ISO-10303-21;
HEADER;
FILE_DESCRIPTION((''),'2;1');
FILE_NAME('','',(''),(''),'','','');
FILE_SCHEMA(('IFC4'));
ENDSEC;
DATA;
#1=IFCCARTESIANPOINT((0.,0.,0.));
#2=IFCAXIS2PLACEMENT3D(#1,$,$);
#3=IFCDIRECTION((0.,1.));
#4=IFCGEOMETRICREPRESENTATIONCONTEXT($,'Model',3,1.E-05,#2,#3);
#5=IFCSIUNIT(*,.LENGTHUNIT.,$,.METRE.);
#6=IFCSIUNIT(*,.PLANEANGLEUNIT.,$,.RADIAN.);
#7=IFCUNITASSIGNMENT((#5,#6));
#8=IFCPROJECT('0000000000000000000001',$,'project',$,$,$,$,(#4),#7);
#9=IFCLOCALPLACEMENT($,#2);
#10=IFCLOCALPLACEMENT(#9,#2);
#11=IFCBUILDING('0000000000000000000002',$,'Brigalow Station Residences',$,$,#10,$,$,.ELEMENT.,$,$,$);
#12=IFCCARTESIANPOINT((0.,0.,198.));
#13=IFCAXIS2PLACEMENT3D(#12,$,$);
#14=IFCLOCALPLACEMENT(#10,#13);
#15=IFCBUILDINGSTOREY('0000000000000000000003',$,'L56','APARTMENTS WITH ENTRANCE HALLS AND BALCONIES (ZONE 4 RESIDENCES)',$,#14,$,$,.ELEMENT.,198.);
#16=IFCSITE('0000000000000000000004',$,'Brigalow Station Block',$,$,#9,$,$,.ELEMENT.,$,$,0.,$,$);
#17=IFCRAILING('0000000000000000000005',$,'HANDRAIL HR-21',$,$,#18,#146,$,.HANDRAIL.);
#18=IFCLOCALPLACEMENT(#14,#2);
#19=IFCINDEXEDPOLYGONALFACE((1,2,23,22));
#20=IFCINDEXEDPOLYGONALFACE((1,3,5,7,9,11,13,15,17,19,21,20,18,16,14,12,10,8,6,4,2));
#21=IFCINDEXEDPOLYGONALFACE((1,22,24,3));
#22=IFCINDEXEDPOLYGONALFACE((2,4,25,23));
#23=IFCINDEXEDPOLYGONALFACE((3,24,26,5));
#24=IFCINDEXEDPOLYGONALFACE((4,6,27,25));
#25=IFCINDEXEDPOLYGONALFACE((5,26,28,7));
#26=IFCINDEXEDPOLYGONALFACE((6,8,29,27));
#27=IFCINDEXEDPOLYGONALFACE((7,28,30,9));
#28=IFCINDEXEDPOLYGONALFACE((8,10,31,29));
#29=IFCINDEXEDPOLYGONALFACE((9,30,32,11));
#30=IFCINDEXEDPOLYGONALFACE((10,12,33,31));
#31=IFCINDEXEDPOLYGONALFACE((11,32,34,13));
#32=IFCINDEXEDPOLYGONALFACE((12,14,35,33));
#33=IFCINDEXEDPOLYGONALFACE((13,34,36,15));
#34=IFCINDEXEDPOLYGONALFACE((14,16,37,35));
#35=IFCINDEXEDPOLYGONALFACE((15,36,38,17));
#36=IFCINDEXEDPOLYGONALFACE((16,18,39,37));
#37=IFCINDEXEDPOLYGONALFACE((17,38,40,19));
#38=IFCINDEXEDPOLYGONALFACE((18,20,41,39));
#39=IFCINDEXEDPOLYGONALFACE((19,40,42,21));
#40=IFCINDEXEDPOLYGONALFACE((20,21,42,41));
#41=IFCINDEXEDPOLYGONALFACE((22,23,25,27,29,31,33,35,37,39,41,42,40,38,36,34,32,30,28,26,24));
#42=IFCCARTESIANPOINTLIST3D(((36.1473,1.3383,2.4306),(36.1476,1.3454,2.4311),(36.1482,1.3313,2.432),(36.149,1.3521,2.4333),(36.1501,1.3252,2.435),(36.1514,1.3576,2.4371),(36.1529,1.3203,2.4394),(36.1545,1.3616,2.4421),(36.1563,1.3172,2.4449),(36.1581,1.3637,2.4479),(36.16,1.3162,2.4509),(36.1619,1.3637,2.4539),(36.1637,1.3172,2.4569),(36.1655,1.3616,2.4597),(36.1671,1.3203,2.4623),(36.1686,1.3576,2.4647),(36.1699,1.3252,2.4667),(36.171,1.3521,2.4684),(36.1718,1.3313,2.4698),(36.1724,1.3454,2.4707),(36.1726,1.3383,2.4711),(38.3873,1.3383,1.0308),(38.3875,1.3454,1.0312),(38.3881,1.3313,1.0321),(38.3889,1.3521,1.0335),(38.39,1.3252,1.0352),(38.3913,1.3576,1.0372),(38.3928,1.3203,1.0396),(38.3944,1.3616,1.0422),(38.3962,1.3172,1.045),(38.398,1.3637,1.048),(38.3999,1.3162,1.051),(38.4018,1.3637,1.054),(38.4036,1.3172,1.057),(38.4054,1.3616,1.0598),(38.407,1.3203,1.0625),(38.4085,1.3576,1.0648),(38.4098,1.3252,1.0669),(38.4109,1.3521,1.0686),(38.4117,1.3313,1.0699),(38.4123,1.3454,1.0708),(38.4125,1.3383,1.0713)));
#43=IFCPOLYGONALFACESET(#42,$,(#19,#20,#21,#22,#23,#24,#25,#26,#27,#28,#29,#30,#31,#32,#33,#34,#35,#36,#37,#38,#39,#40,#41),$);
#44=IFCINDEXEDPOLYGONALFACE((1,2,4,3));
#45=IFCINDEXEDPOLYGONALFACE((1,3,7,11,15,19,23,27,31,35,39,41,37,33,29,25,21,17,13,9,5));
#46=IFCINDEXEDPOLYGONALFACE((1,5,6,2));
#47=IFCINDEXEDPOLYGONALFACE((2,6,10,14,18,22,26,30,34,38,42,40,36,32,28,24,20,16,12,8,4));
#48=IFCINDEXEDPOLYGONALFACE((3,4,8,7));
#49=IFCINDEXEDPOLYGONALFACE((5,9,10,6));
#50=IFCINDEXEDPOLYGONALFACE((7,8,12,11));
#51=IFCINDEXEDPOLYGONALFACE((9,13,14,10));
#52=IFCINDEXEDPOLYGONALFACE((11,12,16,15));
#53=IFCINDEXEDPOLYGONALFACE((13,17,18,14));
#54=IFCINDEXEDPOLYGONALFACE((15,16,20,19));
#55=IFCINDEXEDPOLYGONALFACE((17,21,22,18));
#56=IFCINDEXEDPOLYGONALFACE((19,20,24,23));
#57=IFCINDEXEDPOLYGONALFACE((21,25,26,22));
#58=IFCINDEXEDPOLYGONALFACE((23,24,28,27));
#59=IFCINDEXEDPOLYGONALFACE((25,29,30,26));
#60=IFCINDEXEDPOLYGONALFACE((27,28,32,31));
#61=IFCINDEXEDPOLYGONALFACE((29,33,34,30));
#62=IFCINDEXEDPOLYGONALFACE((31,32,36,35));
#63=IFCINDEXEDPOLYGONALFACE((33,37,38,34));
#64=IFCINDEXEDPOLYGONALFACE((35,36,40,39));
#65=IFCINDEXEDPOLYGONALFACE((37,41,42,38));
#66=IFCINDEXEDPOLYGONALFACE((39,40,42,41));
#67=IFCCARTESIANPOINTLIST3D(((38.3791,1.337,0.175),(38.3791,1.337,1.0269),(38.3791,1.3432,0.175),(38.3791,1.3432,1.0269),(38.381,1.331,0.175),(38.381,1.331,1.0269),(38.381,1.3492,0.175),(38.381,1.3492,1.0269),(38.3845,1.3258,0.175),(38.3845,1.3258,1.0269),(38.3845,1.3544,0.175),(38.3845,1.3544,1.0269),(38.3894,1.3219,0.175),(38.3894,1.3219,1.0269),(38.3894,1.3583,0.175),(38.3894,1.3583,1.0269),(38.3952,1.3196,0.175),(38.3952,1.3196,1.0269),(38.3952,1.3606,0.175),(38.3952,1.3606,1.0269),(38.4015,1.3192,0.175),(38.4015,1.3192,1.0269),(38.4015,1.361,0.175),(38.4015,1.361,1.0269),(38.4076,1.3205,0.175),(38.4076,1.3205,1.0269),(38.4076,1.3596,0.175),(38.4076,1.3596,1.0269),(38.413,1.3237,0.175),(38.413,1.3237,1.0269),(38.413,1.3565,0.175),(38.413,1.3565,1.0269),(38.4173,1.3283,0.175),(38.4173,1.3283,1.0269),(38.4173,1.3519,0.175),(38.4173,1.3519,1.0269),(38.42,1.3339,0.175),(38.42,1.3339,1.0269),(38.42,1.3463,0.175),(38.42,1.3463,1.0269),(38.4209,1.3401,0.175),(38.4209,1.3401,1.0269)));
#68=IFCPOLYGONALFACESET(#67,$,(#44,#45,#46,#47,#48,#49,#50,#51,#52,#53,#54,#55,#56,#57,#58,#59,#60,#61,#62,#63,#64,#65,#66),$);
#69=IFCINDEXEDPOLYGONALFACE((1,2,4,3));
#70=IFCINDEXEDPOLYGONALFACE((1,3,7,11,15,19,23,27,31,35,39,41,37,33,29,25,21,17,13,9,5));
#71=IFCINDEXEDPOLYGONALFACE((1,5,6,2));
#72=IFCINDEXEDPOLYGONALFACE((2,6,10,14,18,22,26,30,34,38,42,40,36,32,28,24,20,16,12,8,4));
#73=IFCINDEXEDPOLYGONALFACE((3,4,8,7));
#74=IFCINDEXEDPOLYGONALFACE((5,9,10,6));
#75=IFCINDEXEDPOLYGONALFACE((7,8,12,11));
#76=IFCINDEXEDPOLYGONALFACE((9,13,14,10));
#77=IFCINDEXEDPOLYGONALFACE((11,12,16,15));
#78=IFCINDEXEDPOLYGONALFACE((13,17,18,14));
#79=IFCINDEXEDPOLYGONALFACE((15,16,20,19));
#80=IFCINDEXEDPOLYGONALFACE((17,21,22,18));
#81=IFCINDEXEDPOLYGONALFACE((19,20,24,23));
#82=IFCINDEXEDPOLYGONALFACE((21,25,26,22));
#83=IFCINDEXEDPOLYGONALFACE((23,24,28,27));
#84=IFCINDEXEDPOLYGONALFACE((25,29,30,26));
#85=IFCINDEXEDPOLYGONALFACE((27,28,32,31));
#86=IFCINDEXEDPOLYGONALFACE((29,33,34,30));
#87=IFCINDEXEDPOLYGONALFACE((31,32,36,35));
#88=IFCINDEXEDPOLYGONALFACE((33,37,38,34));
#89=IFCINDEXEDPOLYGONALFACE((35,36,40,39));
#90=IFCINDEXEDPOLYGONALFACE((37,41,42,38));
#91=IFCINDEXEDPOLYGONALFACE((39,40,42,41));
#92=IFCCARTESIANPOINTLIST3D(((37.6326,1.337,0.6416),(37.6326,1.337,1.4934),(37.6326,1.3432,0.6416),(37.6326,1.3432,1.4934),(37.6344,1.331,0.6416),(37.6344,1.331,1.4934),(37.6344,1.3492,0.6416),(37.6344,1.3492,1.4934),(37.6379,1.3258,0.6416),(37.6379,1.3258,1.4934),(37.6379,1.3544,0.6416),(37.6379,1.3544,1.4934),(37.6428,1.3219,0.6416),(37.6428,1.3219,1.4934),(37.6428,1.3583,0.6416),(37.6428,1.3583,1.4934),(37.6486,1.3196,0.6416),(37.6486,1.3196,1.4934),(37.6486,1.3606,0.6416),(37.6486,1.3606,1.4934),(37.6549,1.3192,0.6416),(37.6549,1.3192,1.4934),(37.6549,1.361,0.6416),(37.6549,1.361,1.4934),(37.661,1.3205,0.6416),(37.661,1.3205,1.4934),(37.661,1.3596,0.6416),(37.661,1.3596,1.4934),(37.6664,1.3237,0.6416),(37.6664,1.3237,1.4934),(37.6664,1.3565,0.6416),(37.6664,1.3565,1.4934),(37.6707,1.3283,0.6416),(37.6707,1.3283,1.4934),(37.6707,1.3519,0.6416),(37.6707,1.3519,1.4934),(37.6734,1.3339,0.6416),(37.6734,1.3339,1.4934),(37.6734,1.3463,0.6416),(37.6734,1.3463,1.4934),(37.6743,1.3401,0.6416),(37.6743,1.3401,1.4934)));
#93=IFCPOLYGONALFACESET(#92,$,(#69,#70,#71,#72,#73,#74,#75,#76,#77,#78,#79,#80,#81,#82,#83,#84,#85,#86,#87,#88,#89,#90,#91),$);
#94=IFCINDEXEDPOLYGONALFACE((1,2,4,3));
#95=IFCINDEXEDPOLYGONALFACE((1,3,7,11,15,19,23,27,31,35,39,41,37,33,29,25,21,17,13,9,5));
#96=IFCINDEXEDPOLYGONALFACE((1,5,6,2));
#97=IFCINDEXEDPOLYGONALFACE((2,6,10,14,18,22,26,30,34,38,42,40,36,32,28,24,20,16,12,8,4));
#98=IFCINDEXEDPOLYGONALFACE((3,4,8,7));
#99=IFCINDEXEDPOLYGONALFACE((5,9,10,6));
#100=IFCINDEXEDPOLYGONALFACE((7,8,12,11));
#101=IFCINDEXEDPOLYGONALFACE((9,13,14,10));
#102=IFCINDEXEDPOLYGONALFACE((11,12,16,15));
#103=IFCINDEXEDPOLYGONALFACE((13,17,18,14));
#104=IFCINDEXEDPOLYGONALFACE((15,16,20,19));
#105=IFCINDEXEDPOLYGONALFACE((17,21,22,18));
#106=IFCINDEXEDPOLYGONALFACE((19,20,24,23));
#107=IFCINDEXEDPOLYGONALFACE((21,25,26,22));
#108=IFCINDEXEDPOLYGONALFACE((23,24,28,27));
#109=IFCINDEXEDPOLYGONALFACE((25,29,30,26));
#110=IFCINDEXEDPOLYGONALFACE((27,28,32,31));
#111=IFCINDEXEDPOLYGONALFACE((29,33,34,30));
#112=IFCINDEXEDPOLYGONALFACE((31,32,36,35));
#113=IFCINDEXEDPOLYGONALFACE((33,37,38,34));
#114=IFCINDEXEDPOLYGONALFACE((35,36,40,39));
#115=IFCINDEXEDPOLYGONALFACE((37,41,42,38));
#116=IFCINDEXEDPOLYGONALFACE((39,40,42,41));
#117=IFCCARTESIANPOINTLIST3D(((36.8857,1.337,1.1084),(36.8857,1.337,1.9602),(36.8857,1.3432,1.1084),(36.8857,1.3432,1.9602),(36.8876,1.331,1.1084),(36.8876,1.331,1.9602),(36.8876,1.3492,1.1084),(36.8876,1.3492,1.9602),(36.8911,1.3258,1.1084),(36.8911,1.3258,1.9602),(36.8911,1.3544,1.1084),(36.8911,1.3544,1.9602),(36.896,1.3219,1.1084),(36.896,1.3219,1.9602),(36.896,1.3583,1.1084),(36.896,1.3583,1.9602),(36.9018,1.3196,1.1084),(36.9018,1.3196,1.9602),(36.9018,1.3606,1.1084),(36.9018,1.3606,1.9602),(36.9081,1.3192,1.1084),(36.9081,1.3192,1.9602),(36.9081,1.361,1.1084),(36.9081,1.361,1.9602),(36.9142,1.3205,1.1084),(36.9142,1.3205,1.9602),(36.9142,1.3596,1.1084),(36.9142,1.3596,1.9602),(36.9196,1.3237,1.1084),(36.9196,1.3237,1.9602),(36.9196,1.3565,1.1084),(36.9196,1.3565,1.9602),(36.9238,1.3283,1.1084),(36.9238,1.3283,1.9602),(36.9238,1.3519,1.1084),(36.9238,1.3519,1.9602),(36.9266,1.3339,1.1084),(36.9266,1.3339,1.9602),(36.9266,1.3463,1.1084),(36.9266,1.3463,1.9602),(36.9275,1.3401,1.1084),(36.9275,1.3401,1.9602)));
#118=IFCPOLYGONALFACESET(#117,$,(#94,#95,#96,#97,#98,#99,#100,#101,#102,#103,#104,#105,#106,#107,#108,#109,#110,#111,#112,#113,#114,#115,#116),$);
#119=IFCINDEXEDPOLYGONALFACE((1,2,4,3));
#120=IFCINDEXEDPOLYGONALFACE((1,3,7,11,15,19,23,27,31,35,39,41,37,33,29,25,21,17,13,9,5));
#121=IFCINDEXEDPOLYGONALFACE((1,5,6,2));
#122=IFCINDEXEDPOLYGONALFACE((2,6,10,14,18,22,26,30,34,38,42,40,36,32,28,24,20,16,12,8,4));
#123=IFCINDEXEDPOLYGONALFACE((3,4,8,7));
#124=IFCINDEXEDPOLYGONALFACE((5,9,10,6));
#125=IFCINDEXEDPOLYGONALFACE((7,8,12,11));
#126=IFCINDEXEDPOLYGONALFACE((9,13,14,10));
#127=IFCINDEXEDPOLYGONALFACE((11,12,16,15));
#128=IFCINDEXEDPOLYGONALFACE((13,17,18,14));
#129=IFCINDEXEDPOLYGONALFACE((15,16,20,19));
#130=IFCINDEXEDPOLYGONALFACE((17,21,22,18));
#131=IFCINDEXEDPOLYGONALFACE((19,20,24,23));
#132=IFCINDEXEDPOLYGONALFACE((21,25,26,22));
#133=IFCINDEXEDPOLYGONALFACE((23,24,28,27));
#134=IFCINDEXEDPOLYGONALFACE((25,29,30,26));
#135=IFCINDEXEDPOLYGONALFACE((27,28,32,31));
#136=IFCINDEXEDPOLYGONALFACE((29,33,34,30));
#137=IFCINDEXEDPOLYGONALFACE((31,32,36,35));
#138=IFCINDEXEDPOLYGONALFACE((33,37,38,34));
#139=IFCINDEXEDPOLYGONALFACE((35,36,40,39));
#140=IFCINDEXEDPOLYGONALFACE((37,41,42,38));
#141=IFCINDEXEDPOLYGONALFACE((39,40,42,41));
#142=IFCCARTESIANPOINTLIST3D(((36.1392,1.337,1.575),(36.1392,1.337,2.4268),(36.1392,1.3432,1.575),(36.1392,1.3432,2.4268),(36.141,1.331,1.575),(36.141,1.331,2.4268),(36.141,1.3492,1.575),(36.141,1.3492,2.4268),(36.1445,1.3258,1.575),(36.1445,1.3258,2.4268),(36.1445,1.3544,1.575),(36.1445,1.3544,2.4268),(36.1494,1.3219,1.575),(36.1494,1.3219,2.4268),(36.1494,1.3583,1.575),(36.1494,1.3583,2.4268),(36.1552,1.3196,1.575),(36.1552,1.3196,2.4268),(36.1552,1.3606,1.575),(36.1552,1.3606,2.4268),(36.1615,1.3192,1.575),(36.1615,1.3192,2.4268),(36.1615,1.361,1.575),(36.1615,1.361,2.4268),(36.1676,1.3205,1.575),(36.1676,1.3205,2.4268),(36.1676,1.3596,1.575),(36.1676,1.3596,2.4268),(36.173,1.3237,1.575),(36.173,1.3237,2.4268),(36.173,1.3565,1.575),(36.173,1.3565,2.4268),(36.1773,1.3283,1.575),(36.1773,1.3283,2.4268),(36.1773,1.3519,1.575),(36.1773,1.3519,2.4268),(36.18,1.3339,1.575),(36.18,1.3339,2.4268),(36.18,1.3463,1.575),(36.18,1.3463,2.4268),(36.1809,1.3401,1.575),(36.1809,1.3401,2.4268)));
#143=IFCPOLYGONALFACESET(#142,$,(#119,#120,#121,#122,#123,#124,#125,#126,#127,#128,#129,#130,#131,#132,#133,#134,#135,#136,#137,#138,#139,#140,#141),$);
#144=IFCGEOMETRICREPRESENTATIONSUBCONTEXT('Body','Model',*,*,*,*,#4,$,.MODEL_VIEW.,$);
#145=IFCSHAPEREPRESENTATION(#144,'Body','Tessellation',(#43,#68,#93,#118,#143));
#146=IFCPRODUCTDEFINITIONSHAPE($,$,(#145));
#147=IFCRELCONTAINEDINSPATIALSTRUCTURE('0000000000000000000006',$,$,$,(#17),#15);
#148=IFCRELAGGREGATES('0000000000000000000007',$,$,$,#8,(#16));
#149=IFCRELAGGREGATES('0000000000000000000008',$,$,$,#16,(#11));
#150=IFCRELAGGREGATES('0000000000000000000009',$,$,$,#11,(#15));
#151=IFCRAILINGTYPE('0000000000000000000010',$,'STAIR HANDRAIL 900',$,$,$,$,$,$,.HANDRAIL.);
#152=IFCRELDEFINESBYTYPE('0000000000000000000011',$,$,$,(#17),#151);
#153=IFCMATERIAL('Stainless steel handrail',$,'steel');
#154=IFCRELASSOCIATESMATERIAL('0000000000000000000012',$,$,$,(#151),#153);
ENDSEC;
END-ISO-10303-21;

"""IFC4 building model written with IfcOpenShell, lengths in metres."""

from ifc_helpers import new_model, si_unit, direction, frame, origin, origin_2d, place, context, subcontext, project, spatial, circle, extrude, material, type_object, element, save


model = new_model("IFC4")

# Units and contexts
model_context = context("Model", 3, precision=1e-05, world=origin(), true_north=direction((0.0, 1.0)))
body_context = subcontext(model_context, "Body", "Model", "MODEL_VIEW")
ifc_project = project(units=[si_unit("LENGTHUNIT", "METRE"), si_unit("PLANEANGLEUNIT", "RADIAN")], contexts=[model_context])

# Site, building, storey
site_placement = place(None, origin())
site = spatial("IfcSite", under=ifc_project, at=site_placement, Name="Brigalow Station Block", CompositionType="ELEMENT", RefElevation=0.0)
building_placement = place(site_placement, origin())
building = spatial("IfcBuilding", under=site, at=building_placement, Name="Brigalow Station Residences", CompositionType="ELEMENT")
storey_placement = place(building_placement, frame((0.0, 0.0, 198.0)))
storey = spatial("IfcBuildingStorey", under=building, at=storey_placement, Name="L56", Description="APARTMENTS WITH ENTRANCE HALLS AND BALCONIES (ZONE 4 RESIDENCES)", CompositionType="ELEMENT", Elevation=198.0)

# Railing
ifc_material_1 = material(Name="Stainless steel handrail", Category="steel")
railing_type_1 = type_object("IfcRailingType", Name="STAIR HANDRAIL 900", PredefinedType="HANDRAIL", material=ifc_material_1)
railing_1_placement = place(storey_placement, frame((38.3999, 1.3401, 0.175)))
element("IfcRailing", 1, at=railing_1_placement, inside=storey, type_object=railing_type_1, Name="HANDRAIL HR-21", PredefinedType="HANDRAIL", context=body_context, shape_type="SweptSolid", body=[
    extrude(circle(Radius=0.0239, at=origin_2d()), frame((0.0, 0.0, 0.876), z_axis=(-0.848014, 0.0, 0.529974), x_axis=(0.0, -1.0, 0.0)), (0.0, 0.0, 1.0), 2.6414),
    extrude(circle(Radius=0.021, at=origin_2d()), origin(), (0.0, 0.0, 1.0), 0.8518),
    extrude(circle(Radius=0.021, at=origin_2d()), frame((-0.7466, 0.0, 0.4666)), (0.0, 0.0, 1.0), 0.8518),
    extrude(circle(Radius=0.021, at=origin_2d()), frame((-1.4934, 0.0, 0.9333)), (0.0, 0.0, 1.0), 0.8518),
    extrude(circle(Radius=0.021, at=origin_2d()), frame((-2.24, 0.0, 1.3999)), (0.0, 0.0, 1.0), 0.8518),
])

save(model, "model.ifc")
